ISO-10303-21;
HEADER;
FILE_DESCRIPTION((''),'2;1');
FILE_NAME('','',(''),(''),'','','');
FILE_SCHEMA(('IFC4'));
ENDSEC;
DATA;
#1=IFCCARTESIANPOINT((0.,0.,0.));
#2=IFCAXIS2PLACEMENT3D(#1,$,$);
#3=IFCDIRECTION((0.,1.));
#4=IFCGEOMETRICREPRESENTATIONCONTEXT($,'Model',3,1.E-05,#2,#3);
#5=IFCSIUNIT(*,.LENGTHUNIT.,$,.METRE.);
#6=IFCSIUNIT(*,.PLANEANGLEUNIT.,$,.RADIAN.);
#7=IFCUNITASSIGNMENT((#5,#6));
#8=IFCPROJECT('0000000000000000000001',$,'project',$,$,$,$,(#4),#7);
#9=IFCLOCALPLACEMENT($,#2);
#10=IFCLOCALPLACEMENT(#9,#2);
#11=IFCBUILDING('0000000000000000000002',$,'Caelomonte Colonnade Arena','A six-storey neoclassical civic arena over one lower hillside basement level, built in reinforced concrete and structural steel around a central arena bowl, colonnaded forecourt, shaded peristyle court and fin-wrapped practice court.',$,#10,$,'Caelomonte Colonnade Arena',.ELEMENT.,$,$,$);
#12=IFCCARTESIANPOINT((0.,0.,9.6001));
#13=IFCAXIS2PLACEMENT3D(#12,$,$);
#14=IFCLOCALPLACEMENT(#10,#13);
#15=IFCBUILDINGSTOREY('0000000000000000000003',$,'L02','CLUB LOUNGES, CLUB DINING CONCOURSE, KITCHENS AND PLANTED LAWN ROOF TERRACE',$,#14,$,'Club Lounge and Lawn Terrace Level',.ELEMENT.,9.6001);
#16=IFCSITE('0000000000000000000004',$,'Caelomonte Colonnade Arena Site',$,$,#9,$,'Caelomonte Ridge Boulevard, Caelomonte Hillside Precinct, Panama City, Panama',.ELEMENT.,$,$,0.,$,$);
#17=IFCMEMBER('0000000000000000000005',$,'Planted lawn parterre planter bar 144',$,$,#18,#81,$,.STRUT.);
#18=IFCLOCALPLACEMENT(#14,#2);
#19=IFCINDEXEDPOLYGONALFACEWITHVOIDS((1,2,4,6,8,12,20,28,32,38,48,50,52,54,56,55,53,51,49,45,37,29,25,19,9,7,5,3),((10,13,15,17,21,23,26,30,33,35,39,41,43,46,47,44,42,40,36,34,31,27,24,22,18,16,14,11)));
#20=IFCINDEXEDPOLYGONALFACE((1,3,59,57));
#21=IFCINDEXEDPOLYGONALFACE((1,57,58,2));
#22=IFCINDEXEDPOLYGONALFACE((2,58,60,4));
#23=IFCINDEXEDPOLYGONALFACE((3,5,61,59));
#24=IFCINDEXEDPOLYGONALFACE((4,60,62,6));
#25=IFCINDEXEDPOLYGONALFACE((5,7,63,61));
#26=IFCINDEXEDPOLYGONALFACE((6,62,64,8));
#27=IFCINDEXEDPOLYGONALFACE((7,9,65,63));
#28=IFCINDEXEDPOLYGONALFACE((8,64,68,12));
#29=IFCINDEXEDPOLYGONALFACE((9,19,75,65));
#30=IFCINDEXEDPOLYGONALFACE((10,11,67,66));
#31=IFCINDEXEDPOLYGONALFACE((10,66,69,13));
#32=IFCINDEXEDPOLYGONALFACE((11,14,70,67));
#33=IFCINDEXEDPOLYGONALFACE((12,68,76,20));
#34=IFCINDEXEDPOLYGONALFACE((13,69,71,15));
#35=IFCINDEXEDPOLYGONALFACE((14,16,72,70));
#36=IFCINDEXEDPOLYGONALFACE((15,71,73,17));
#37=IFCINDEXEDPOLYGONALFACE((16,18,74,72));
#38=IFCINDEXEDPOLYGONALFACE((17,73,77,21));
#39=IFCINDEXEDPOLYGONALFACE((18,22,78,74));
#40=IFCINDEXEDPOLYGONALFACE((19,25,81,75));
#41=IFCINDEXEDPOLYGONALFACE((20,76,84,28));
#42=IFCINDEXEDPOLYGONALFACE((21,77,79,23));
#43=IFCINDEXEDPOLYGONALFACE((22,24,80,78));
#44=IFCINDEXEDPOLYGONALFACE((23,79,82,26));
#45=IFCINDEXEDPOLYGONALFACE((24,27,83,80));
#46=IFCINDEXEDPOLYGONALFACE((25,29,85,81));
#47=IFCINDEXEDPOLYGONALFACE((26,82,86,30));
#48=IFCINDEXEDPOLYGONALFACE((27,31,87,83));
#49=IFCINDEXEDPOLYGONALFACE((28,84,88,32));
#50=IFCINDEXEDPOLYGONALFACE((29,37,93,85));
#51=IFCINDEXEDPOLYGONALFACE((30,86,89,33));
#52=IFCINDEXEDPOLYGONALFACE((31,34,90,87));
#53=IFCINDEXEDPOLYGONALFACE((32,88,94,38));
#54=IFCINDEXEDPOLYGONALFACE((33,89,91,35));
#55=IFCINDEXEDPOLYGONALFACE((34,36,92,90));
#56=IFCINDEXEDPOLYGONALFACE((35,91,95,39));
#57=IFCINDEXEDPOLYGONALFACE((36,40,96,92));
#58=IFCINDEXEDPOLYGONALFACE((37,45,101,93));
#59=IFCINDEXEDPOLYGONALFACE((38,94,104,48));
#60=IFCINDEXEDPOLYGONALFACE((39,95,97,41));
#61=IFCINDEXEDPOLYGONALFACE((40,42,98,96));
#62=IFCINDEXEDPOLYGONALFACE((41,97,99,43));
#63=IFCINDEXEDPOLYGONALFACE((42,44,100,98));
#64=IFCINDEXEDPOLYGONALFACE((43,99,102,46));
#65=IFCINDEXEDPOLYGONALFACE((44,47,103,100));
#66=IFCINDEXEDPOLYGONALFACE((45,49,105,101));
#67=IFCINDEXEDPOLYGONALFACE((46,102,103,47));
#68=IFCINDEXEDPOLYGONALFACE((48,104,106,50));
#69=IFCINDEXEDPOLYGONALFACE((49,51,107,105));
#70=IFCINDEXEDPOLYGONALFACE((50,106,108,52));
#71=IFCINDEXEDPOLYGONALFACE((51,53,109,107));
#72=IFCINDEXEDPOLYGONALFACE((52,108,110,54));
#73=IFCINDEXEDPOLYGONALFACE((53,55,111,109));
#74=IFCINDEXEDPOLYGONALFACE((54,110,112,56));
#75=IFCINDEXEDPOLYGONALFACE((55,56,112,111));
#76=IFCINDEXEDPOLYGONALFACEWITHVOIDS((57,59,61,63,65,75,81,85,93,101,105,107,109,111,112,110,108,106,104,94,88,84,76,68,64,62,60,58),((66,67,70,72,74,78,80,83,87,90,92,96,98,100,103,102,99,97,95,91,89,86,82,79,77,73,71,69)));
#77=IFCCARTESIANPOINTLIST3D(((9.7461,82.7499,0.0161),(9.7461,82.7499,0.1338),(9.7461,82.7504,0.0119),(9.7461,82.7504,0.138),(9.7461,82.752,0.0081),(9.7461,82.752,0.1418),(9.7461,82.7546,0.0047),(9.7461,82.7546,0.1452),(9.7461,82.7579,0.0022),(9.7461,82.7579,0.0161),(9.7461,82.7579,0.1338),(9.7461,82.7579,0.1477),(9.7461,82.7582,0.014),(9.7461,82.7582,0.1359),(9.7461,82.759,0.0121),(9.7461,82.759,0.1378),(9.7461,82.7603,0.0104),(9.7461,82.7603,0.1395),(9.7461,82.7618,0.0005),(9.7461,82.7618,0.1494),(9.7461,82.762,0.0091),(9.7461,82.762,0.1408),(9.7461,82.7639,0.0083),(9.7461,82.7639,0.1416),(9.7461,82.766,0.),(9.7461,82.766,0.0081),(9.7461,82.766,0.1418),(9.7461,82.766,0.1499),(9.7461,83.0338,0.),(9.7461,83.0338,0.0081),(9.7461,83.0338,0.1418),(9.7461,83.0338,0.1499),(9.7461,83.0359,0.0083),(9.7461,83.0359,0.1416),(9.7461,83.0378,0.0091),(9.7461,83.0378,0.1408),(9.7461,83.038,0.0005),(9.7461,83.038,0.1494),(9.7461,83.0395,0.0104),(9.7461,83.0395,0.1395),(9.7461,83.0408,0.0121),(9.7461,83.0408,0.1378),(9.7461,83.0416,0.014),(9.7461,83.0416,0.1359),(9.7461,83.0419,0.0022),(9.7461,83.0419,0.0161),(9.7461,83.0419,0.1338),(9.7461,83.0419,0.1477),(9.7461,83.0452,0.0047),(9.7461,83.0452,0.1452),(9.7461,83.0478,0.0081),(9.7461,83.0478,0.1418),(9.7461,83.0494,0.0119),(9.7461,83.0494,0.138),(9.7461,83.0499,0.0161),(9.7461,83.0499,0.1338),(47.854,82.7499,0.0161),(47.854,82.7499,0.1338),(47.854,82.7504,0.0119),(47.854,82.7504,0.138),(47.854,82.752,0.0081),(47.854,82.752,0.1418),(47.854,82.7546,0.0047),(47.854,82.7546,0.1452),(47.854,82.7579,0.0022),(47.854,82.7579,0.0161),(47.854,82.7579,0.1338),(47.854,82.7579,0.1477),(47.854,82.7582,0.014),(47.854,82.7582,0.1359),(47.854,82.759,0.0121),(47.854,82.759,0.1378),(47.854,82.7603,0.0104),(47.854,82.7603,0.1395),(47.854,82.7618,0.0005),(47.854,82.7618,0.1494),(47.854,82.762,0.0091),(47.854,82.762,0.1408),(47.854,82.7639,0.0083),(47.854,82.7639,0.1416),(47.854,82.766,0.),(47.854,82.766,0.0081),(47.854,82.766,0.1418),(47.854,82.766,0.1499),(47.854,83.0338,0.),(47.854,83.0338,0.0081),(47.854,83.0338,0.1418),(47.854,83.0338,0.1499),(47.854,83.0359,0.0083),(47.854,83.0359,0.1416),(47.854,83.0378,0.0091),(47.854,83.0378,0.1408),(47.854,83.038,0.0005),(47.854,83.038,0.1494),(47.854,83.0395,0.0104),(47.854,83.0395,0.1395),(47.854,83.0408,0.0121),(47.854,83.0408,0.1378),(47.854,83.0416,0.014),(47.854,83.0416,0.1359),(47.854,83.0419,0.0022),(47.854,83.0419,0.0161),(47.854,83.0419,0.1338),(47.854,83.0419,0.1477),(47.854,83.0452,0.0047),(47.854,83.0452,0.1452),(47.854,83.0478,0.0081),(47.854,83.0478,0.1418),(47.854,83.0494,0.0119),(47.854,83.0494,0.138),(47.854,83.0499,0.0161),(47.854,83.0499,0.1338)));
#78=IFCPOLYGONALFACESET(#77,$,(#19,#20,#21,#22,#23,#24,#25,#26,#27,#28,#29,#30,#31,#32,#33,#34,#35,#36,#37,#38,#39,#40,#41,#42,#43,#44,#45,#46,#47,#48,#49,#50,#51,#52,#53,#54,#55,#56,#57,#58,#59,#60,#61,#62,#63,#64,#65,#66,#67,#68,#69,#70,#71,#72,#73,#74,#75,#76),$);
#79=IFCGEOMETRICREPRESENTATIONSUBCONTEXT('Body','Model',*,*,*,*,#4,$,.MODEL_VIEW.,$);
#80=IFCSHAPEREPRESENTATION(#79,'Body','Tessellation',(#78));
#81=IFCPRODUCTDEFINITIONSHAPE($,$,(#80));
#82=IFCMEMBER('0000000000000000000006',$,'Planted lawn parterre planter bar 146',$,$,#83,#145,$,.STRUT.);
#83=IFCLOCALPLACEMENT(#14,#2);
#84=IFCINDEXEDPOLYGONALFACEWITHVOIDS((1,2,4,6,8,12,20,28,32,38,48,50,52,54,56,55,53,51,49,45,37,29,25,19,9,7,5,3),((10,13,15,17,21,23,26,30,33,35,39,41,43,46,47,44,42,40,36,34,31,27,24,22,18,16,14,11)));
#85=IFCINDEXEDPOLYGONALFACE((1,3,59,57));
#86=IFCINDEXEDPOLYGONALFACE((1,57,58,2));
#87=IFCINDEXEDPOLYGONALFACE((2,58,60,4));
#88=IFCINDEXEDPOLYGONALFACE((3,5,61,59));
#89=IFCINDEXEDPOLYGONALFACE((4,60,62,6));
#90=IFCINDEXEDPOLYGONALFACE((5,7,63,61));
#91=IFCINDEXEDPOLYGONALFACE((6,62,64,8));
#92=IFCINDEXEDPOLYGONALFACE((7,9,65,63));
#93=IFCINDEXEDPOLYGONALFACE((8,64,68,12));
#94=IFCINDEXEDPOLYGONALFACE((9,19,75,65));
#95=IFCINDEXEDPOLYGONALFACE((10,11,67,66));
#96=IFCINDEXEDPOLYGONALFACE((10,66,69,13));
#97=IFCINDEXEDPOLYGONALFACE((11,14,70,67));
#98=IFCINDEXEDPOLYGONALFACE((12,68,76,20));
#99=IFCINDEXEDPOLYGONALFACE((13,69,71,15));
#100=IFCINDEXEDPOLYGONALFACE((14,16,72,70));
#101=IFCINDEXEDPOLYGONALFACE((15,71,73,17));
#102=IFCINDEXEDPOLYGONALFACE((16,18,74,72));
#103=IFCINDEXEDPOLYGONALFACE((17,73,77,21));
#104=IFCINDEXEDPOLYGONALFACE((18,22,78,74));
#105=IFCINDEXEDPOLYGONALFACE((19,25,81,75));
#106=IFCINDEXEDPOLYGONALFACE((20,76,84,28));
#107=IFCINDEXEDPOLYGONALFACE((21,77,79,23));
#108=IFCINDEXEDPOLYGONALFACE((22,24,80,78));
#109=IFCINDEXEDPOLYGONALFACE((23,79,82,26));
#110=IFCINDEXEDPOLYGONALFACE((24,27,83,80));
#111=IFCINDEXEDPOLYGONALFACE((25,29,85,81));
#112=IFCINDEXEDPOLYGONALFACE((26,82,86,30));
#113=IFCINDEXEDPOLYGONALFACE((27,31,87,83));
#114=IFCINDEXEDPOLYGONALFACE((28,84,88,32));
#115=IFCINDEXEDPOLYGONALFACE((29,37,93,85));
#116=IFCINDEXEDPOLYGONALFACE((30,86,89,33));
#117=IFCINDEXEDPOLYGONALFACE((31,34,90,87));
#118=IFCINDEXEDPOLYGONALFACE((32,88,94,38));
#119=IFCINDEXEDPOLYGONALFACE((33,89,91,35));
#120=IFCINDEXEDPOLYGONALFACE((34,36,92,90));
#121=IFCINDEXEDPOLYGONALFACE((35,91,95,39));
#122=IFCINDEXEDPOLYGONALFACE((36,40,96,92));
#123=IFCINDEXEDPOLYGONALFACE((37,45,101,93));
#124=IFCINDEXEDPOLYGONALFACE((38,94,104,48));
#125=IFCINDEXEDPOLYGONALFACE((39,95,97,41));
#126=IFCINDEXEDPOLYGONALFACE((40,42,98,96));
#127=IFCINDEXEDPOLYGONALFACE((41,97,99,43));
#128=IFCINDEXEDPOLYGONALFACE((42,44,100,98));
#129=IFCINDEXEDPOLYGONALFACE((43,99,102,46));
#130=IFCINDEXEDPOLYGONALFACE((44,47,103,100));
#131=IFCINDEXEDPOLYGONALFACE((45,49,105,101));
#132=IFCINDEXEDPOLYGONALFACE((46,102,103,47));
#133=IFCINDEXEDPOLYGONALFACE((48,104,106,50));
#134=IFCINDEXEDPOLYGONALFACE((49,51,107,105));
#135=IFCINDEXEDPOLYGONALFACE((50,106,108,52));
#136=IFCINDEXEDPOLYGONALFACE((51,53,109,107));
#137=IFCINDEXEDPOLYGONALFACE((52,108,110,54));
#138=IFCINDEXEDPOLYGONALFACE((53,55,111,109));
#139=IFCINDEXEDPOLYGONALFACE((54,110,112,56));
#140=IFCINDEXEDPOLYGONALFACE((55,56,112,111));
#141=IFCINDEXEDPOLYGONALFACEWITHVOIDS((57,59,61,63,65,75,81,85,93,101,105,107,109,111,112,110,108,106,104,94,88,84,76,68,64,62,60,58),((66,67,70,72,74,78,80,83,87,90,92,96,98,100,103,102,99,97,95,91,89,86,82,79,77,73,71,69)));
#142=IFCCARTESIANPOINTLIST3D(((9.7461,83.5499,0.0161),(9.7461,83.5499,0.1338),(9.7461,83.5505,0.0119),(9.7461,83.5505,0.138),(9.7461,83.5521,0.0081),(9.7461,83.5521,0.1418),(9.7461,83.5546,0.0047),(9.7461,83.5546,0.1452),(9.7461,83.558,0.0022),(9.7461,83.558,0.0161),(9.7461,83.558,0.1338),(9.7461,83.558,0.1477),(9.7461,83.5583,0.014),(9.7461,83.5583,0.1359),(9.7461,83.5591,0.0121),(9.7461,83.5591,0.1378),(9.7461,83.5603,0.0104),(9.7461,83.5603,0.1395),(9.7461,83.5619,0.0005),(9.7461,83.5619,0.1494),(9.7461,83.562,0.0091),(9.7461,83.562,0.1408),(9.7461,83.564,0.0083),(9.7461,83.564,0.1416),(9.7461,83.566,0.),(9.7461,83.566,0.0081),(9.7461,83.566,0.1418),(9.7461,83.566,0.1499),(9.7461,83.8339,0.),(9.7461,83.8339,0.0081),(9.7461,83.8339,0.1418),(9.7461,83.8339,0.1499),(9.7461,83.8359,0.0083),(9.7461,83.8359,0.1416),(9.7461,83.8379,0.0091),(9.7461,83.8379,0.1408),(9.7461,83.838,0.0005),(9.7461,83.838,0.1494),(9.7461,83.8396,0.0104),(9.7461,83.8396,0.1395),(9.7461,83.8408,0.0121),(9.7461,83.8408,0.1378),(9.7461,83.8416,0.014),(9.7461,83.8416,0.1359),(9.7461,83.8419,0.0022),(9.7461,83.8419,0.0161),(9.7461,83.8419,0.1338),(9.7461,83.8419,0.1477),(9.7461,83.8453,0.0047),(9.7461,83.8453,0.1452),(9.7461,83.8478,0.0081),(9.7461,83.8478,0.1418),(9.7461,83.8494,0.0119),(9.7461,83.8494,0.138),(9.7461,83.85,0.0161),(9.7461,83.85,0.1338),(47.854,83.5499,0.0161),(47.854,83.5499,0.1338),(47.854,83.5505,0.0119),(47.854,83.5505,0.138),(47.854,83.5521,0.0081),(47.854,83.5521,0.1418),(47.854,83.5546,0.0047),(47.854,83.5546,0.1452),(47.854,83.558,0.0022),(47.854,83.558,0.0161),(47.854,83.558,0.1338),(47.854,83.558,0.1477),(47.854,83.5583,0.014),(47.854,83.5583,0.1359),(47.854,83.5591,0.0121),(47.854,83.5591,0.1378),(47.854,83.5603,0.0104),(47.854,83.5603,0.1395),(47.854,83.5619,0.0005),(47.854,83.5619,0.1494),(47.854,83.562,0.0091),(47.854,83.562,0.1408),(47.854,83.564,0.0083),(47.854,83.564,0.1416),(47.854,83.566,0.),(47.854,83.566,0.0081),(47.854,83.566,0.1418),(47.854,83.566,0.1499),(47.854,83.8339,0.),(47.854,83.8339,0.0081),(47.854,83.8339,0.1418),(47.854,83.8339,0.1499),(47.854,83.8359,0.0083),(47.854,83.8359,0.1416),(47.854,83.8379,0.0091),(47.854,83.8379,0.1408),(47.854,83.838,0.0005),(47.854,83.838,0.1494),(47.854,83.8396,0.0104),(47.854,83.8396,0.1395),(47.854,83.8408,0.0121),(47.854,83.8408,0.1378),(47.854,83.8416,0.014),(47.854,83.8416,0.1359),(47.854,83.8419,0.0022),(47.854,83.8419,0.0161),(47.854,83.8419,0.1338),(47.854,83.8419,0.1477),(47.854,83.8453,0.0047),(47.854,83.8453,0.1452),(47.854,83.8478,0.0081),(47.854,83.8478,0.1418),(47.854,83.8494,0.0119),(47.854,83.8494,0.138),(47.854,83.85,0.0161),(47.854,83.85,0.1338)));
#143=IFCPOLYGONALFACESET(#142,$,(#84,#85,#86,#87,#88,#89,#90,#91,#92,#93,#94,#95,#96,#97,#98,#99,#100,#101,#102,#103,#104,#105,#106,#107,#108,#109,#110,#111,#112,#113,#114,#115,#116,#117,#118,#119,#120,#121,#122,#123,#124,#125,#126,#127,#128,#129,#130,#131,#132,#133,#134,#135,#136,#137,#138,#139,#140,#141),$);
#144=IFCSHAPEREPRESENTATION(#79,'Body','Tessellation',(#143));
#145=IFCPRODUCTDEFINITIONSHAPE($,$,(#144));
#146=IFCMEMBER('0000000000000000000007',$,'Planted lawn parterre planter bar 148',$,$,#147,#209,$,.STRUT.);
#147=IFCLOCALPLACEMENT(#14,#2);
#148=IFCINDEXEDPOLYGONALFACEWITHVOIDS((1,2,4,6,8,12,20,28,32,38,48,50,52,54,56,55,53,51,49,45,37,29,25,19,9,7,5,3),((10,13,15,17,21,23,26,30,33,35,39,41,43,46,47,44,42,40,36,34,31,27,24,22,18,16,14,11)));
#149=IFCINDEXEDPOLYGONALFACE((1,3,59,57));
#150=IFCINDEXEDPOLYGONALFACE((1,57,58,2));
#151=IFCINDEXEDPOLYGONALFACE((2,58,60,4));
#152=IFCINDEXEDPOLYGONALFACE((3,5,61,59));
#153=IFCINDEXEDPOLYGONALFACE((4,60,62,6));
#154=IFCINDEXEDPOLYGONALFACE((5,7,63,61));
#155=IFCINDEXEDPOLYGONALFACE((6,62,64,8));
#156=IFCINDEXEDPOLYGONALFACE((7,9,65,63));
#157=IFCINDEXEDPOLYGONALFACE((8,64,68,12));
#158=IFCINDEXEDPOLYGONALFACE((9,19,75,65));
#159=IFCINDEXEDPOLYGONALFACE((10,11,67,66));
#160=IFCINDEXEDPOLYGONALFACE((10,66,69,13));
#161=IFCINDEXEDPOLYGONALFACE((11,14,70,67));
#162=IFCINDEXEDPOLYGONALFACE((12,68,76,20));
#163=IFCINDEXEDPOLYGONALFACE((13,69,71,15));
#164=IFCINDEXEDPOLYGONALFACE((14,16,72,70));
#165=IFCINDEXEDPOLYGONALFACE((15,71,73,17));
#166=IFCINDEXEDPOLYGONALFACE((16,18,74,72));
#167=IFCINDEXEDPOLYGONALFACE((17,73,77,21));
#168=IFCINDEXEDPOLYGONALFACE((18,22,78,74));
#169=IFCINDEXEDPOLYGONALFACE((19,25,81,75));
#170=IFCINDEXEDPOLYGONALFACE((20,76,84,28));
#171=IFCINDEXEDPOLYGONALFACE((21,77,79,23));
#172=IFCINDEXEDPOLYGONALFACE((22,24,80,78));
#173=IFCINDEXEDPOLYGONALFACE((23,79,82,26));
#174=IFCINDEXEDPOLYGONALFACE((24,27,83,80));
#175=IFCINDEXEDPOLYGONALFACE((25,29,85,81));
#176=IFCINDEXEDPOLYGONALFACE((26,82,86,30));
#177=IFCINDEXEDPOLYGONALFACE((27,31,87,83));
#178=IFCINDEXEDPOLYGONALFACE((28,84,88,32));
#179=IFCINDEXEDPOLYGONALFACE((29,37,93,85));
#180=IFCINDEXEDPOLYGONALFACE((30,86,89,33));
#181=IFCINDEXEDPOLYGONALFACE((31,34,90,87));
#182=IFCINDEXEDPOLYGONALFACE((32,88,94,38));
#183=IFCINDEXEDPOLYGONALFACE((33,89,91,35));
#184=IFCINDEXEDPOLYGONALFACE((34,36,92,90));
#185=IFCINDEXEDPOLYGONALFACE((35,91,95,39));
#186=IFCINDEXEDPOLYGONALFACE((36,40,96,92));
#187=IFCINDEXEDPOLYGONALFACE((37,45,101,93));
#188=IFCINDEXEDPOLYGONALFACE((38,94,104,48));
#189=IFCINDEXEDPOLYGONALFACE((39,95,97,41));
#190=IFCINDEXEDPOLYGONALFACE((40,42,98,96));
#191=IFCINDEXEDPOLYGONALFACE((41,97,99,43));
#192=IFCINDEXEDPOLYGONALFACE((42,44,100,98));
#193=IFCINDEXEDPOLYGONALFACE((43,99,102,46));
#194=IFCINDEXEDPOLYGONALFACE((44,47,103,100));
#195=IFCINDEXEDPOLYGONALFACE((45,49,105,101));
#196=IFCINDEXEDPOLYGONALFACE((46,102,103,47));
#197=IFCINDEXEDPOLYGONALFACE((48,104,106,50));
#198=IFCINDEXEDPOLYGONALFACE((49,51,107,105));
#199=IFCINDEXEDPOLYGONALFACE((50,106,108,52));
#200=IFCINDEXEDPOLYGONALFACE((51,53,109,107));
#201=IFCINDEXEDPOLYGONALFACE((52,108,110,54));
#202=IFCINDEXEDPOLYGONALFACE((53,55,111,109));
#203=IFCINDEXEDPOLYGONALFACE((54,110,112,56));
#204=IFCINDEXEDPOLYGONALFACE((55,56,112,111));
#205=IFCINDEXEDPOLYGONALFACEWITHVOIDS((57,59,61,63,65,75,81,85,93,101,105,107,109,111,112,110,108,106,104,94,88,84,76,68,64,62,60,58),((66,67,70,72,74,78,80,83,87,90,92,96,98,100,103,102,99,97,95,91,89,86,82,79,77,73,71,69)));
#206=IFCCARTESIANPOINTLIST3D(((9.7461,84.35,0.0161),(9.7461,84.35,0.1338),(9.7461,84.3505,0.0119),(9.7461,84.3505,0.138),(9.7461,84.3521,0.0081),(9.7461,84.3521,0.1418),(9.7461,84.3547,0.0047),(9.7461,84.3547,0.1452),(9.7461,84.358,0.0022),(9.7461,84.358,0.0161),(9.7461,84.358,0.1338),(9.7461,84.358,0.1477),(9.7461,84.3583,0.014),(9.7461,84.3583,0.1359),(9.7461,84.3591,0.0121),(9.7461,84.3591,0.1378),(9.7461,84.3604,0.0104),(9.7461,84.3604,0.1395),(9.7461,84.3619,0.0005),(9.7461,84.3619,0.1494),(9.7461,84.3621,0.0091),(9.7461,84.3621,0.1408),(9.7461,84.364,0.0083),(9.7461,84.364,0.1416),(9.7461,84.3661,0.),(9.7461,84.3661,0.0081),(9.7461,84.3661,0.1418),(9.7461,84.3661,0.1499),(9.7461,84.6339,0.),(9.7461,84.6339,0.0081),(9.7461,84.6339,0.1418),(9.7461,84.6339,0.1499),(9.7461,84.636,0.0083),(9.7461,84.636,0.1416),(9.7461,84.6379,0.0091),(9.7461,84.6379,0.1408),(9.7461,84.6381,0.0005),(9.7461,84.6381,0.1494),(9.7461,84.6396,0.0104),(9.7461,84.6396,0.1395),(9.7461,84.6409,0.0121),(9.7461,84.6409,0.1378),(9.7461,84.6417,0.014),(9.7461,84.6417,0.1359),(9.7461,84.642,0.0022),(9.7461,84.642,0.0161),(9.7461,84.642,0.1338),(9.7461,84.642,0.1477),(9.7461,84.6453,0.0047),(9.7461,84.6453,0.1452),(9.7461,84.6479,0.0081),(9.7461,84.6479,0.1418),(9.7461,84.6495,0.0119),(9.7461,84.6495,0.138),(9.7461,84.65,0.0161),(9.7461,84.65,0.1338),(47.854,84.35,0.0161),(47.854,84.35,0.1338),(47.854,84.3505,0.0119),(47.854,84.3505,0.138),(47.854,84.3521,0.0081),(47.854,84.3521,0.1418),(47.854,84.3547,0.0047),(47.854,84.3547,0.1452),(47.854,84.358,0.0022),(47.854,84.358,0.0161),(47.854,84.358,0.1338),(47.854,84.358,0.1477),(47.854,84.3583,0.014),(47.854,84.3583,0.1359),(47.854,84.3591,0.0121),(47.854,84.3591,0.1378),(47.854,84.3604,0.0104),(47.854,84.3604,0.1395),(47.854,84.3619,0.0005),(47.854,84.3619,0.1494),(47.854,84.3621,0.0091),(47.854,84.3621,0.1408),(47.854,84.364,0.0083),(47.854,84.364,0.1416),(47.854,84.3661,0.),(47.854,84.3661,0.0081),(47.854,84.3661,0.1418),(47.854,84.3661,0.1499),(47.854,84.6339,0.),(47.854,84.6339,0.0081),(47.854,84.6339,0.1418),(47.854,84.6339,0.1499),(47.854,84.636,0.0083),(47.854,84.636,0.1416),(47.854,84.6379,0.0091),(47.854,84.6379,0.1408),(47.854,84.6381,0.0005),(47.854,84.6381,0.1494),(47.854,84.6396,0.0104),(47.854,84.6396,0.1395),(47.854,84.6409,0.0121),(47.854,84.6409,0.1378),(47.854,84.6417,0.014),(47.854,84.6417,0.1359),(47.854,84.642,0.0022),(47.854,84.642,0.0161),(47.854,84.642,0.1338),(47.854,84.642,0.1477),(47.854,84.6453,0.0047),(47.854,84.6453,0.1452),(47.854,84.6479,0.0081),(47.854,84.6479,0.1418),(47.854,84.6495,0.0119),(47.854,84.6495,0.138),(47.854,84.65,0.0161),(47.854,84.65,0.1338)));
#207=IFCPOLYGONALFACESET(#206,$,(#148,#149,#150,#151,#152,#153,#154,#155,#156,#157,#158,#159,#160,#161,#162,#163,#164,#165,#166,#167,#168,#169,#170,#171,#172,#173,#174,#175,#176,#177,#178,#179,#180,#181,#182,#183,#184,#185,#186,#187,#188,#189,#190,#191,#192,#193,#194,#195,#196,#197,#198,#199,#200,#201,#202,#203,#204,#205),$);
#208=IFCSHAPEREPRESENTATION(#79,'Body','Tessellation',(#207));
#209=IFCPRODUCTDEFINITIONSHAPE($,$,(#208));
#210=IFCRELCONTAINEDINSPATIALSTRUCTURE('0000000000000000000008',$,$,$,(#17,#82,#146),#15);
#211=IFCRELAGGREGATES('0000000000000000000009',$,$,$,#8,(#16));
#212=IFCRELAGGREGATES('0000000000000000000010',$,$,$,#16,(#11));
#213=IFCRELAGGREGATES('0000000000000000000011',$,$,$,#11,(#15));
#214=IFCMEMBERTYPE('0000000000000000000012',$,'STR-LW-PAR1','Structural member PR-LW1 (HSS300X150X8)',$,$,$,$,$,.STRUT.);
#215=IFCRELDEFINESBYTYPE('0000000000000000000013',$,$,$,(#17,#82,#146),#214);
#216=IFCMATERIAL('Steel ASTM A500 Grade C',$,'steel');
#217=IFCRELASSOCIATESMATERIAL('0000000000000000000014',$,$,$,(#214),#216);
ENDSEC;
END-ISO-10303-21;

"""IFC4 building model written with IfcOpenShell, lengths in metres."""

from ifc_helpers import new_model, si_unit, direction, frame, origin, origin_2d, place, context, subcontext, project, spatial, hollow_rectangle, extrude, material, material_profile, profile_set, type_object, element, save


model = new_model("IFC4")

# Units and contexts
model_context = context("Model", 3, precision=1e-05, world=origin(), true_north=direction((0.0, 1.0)))
body_context = subcontext(model_context, "Body", "Model", "MODEL_VIEW")
ifc_project = project(units=[si_unit("LENGTHUNIT", "METRE"), si_unit("PLANEANGLEUNIT", "RADIAN")], contexts=[model_context])

# Site, building, storey
site_placement = place(None, origin())
site = spatial("IfcSite", under=ifc_project, at=site_placement, Name="Caelomonte Colonnade Arena Site", LongName="Caelomonte Ridge Boulevard, Caelomonte Hillside Precinct, Panama City, Panama", CompositionType="ELEMENT", RefElevation=0.0)
building_placement = place(site_placement, origin())
building = spatial("IfcBuilding", under=site, at=building_placement, Name="Caelomonte Colonnade Arena", Description="A six-storey neoclassical civic arena over one lower hillside basement level, built in reinforced concrete and structural steel around a central arena bowl, colonnaded forecourt, shaded peristyle court and fin-wrapped practice court.", LongName="Caelomonte Colonnade Arena", CompositionType="ELEMENT")
storey_placement = place(building_placement, frame((0.0, 0.0, 9.6001)))
storey = spatial("IfcBuildingStorey", under=building, at=storey_placement, Name="L02", Description="CLUB LOUNGES, CLUB DINING CONCOURSE, KITCHENS AND PLANTED LAWN ROOF TERRACE", LongName="Club Lounge and Lawn Terrace Level", CompositionType="ELEMENT", Elevation=9.6001)

# Members
ifc_material_1 = material(Name="Steel ASTM A500 Grade C", Category="steel")
ifc_material_profile_1 = material_profile(ifc_material_1, hollow_rectangle(XDim=0.3, YDim=0.1499, WallThickness=0.0081, InnerFilletRadius=0.0081, OuterFilletRadius=0.0161, at=origin_2d()), Name="HSS300X150X8")
ifc_profile_set_1 = profile_set([ifc_material_profile_1], Name="Steel ASTM A500 Grade C")
member_type = type_object("IfcMemberType", Name="STR-LW-PAR1", Description="Structural member PR-LW1 (HSS300X150X8)", PredefinedType="STRUT", material=ifc_profile_set_1)
for number, where, z_axis, x_axis, name in (
    (1, (9.7461, 82.8999, 0.075), (1.0, 0.0, 0.0), (0.0, 1.0, 0.0), "Planted lawn parterre planter bar 144"),
    (2, (9.7461, 83.7, 0.075), (1.0, 0.0, 0.0), (0.0, 1.0, 0.0), "Planted lawn parterre planter bar 146"),
    (3, (9.7461, 84.5, 0.075), (1.0, 0.0, 0.0), (0.0, 1.0, 0.0), "Planted lawn parterre planter bar 148"),
):
    element("IfcMember", number, at=place(storey_placement, frame(where, z_axis=z_axis, x_axis=x_axis)), inside=storey, type_object=member_type, Name=name, PredefinedType="STRUT", context=body_context, shape_type="SweptSolid", body=[
        extrude(hollow_rectangle(XDim=0.3, YDim=0.1499, WallThickness=0.0081, InnerFilletRadius=0.0081, OuterFilletRadius=0.0161, at=origin_2d()), origin(), (0.0, 0.0, 1.0), 38.1079),
    ])

save(model, "model.ifc")
